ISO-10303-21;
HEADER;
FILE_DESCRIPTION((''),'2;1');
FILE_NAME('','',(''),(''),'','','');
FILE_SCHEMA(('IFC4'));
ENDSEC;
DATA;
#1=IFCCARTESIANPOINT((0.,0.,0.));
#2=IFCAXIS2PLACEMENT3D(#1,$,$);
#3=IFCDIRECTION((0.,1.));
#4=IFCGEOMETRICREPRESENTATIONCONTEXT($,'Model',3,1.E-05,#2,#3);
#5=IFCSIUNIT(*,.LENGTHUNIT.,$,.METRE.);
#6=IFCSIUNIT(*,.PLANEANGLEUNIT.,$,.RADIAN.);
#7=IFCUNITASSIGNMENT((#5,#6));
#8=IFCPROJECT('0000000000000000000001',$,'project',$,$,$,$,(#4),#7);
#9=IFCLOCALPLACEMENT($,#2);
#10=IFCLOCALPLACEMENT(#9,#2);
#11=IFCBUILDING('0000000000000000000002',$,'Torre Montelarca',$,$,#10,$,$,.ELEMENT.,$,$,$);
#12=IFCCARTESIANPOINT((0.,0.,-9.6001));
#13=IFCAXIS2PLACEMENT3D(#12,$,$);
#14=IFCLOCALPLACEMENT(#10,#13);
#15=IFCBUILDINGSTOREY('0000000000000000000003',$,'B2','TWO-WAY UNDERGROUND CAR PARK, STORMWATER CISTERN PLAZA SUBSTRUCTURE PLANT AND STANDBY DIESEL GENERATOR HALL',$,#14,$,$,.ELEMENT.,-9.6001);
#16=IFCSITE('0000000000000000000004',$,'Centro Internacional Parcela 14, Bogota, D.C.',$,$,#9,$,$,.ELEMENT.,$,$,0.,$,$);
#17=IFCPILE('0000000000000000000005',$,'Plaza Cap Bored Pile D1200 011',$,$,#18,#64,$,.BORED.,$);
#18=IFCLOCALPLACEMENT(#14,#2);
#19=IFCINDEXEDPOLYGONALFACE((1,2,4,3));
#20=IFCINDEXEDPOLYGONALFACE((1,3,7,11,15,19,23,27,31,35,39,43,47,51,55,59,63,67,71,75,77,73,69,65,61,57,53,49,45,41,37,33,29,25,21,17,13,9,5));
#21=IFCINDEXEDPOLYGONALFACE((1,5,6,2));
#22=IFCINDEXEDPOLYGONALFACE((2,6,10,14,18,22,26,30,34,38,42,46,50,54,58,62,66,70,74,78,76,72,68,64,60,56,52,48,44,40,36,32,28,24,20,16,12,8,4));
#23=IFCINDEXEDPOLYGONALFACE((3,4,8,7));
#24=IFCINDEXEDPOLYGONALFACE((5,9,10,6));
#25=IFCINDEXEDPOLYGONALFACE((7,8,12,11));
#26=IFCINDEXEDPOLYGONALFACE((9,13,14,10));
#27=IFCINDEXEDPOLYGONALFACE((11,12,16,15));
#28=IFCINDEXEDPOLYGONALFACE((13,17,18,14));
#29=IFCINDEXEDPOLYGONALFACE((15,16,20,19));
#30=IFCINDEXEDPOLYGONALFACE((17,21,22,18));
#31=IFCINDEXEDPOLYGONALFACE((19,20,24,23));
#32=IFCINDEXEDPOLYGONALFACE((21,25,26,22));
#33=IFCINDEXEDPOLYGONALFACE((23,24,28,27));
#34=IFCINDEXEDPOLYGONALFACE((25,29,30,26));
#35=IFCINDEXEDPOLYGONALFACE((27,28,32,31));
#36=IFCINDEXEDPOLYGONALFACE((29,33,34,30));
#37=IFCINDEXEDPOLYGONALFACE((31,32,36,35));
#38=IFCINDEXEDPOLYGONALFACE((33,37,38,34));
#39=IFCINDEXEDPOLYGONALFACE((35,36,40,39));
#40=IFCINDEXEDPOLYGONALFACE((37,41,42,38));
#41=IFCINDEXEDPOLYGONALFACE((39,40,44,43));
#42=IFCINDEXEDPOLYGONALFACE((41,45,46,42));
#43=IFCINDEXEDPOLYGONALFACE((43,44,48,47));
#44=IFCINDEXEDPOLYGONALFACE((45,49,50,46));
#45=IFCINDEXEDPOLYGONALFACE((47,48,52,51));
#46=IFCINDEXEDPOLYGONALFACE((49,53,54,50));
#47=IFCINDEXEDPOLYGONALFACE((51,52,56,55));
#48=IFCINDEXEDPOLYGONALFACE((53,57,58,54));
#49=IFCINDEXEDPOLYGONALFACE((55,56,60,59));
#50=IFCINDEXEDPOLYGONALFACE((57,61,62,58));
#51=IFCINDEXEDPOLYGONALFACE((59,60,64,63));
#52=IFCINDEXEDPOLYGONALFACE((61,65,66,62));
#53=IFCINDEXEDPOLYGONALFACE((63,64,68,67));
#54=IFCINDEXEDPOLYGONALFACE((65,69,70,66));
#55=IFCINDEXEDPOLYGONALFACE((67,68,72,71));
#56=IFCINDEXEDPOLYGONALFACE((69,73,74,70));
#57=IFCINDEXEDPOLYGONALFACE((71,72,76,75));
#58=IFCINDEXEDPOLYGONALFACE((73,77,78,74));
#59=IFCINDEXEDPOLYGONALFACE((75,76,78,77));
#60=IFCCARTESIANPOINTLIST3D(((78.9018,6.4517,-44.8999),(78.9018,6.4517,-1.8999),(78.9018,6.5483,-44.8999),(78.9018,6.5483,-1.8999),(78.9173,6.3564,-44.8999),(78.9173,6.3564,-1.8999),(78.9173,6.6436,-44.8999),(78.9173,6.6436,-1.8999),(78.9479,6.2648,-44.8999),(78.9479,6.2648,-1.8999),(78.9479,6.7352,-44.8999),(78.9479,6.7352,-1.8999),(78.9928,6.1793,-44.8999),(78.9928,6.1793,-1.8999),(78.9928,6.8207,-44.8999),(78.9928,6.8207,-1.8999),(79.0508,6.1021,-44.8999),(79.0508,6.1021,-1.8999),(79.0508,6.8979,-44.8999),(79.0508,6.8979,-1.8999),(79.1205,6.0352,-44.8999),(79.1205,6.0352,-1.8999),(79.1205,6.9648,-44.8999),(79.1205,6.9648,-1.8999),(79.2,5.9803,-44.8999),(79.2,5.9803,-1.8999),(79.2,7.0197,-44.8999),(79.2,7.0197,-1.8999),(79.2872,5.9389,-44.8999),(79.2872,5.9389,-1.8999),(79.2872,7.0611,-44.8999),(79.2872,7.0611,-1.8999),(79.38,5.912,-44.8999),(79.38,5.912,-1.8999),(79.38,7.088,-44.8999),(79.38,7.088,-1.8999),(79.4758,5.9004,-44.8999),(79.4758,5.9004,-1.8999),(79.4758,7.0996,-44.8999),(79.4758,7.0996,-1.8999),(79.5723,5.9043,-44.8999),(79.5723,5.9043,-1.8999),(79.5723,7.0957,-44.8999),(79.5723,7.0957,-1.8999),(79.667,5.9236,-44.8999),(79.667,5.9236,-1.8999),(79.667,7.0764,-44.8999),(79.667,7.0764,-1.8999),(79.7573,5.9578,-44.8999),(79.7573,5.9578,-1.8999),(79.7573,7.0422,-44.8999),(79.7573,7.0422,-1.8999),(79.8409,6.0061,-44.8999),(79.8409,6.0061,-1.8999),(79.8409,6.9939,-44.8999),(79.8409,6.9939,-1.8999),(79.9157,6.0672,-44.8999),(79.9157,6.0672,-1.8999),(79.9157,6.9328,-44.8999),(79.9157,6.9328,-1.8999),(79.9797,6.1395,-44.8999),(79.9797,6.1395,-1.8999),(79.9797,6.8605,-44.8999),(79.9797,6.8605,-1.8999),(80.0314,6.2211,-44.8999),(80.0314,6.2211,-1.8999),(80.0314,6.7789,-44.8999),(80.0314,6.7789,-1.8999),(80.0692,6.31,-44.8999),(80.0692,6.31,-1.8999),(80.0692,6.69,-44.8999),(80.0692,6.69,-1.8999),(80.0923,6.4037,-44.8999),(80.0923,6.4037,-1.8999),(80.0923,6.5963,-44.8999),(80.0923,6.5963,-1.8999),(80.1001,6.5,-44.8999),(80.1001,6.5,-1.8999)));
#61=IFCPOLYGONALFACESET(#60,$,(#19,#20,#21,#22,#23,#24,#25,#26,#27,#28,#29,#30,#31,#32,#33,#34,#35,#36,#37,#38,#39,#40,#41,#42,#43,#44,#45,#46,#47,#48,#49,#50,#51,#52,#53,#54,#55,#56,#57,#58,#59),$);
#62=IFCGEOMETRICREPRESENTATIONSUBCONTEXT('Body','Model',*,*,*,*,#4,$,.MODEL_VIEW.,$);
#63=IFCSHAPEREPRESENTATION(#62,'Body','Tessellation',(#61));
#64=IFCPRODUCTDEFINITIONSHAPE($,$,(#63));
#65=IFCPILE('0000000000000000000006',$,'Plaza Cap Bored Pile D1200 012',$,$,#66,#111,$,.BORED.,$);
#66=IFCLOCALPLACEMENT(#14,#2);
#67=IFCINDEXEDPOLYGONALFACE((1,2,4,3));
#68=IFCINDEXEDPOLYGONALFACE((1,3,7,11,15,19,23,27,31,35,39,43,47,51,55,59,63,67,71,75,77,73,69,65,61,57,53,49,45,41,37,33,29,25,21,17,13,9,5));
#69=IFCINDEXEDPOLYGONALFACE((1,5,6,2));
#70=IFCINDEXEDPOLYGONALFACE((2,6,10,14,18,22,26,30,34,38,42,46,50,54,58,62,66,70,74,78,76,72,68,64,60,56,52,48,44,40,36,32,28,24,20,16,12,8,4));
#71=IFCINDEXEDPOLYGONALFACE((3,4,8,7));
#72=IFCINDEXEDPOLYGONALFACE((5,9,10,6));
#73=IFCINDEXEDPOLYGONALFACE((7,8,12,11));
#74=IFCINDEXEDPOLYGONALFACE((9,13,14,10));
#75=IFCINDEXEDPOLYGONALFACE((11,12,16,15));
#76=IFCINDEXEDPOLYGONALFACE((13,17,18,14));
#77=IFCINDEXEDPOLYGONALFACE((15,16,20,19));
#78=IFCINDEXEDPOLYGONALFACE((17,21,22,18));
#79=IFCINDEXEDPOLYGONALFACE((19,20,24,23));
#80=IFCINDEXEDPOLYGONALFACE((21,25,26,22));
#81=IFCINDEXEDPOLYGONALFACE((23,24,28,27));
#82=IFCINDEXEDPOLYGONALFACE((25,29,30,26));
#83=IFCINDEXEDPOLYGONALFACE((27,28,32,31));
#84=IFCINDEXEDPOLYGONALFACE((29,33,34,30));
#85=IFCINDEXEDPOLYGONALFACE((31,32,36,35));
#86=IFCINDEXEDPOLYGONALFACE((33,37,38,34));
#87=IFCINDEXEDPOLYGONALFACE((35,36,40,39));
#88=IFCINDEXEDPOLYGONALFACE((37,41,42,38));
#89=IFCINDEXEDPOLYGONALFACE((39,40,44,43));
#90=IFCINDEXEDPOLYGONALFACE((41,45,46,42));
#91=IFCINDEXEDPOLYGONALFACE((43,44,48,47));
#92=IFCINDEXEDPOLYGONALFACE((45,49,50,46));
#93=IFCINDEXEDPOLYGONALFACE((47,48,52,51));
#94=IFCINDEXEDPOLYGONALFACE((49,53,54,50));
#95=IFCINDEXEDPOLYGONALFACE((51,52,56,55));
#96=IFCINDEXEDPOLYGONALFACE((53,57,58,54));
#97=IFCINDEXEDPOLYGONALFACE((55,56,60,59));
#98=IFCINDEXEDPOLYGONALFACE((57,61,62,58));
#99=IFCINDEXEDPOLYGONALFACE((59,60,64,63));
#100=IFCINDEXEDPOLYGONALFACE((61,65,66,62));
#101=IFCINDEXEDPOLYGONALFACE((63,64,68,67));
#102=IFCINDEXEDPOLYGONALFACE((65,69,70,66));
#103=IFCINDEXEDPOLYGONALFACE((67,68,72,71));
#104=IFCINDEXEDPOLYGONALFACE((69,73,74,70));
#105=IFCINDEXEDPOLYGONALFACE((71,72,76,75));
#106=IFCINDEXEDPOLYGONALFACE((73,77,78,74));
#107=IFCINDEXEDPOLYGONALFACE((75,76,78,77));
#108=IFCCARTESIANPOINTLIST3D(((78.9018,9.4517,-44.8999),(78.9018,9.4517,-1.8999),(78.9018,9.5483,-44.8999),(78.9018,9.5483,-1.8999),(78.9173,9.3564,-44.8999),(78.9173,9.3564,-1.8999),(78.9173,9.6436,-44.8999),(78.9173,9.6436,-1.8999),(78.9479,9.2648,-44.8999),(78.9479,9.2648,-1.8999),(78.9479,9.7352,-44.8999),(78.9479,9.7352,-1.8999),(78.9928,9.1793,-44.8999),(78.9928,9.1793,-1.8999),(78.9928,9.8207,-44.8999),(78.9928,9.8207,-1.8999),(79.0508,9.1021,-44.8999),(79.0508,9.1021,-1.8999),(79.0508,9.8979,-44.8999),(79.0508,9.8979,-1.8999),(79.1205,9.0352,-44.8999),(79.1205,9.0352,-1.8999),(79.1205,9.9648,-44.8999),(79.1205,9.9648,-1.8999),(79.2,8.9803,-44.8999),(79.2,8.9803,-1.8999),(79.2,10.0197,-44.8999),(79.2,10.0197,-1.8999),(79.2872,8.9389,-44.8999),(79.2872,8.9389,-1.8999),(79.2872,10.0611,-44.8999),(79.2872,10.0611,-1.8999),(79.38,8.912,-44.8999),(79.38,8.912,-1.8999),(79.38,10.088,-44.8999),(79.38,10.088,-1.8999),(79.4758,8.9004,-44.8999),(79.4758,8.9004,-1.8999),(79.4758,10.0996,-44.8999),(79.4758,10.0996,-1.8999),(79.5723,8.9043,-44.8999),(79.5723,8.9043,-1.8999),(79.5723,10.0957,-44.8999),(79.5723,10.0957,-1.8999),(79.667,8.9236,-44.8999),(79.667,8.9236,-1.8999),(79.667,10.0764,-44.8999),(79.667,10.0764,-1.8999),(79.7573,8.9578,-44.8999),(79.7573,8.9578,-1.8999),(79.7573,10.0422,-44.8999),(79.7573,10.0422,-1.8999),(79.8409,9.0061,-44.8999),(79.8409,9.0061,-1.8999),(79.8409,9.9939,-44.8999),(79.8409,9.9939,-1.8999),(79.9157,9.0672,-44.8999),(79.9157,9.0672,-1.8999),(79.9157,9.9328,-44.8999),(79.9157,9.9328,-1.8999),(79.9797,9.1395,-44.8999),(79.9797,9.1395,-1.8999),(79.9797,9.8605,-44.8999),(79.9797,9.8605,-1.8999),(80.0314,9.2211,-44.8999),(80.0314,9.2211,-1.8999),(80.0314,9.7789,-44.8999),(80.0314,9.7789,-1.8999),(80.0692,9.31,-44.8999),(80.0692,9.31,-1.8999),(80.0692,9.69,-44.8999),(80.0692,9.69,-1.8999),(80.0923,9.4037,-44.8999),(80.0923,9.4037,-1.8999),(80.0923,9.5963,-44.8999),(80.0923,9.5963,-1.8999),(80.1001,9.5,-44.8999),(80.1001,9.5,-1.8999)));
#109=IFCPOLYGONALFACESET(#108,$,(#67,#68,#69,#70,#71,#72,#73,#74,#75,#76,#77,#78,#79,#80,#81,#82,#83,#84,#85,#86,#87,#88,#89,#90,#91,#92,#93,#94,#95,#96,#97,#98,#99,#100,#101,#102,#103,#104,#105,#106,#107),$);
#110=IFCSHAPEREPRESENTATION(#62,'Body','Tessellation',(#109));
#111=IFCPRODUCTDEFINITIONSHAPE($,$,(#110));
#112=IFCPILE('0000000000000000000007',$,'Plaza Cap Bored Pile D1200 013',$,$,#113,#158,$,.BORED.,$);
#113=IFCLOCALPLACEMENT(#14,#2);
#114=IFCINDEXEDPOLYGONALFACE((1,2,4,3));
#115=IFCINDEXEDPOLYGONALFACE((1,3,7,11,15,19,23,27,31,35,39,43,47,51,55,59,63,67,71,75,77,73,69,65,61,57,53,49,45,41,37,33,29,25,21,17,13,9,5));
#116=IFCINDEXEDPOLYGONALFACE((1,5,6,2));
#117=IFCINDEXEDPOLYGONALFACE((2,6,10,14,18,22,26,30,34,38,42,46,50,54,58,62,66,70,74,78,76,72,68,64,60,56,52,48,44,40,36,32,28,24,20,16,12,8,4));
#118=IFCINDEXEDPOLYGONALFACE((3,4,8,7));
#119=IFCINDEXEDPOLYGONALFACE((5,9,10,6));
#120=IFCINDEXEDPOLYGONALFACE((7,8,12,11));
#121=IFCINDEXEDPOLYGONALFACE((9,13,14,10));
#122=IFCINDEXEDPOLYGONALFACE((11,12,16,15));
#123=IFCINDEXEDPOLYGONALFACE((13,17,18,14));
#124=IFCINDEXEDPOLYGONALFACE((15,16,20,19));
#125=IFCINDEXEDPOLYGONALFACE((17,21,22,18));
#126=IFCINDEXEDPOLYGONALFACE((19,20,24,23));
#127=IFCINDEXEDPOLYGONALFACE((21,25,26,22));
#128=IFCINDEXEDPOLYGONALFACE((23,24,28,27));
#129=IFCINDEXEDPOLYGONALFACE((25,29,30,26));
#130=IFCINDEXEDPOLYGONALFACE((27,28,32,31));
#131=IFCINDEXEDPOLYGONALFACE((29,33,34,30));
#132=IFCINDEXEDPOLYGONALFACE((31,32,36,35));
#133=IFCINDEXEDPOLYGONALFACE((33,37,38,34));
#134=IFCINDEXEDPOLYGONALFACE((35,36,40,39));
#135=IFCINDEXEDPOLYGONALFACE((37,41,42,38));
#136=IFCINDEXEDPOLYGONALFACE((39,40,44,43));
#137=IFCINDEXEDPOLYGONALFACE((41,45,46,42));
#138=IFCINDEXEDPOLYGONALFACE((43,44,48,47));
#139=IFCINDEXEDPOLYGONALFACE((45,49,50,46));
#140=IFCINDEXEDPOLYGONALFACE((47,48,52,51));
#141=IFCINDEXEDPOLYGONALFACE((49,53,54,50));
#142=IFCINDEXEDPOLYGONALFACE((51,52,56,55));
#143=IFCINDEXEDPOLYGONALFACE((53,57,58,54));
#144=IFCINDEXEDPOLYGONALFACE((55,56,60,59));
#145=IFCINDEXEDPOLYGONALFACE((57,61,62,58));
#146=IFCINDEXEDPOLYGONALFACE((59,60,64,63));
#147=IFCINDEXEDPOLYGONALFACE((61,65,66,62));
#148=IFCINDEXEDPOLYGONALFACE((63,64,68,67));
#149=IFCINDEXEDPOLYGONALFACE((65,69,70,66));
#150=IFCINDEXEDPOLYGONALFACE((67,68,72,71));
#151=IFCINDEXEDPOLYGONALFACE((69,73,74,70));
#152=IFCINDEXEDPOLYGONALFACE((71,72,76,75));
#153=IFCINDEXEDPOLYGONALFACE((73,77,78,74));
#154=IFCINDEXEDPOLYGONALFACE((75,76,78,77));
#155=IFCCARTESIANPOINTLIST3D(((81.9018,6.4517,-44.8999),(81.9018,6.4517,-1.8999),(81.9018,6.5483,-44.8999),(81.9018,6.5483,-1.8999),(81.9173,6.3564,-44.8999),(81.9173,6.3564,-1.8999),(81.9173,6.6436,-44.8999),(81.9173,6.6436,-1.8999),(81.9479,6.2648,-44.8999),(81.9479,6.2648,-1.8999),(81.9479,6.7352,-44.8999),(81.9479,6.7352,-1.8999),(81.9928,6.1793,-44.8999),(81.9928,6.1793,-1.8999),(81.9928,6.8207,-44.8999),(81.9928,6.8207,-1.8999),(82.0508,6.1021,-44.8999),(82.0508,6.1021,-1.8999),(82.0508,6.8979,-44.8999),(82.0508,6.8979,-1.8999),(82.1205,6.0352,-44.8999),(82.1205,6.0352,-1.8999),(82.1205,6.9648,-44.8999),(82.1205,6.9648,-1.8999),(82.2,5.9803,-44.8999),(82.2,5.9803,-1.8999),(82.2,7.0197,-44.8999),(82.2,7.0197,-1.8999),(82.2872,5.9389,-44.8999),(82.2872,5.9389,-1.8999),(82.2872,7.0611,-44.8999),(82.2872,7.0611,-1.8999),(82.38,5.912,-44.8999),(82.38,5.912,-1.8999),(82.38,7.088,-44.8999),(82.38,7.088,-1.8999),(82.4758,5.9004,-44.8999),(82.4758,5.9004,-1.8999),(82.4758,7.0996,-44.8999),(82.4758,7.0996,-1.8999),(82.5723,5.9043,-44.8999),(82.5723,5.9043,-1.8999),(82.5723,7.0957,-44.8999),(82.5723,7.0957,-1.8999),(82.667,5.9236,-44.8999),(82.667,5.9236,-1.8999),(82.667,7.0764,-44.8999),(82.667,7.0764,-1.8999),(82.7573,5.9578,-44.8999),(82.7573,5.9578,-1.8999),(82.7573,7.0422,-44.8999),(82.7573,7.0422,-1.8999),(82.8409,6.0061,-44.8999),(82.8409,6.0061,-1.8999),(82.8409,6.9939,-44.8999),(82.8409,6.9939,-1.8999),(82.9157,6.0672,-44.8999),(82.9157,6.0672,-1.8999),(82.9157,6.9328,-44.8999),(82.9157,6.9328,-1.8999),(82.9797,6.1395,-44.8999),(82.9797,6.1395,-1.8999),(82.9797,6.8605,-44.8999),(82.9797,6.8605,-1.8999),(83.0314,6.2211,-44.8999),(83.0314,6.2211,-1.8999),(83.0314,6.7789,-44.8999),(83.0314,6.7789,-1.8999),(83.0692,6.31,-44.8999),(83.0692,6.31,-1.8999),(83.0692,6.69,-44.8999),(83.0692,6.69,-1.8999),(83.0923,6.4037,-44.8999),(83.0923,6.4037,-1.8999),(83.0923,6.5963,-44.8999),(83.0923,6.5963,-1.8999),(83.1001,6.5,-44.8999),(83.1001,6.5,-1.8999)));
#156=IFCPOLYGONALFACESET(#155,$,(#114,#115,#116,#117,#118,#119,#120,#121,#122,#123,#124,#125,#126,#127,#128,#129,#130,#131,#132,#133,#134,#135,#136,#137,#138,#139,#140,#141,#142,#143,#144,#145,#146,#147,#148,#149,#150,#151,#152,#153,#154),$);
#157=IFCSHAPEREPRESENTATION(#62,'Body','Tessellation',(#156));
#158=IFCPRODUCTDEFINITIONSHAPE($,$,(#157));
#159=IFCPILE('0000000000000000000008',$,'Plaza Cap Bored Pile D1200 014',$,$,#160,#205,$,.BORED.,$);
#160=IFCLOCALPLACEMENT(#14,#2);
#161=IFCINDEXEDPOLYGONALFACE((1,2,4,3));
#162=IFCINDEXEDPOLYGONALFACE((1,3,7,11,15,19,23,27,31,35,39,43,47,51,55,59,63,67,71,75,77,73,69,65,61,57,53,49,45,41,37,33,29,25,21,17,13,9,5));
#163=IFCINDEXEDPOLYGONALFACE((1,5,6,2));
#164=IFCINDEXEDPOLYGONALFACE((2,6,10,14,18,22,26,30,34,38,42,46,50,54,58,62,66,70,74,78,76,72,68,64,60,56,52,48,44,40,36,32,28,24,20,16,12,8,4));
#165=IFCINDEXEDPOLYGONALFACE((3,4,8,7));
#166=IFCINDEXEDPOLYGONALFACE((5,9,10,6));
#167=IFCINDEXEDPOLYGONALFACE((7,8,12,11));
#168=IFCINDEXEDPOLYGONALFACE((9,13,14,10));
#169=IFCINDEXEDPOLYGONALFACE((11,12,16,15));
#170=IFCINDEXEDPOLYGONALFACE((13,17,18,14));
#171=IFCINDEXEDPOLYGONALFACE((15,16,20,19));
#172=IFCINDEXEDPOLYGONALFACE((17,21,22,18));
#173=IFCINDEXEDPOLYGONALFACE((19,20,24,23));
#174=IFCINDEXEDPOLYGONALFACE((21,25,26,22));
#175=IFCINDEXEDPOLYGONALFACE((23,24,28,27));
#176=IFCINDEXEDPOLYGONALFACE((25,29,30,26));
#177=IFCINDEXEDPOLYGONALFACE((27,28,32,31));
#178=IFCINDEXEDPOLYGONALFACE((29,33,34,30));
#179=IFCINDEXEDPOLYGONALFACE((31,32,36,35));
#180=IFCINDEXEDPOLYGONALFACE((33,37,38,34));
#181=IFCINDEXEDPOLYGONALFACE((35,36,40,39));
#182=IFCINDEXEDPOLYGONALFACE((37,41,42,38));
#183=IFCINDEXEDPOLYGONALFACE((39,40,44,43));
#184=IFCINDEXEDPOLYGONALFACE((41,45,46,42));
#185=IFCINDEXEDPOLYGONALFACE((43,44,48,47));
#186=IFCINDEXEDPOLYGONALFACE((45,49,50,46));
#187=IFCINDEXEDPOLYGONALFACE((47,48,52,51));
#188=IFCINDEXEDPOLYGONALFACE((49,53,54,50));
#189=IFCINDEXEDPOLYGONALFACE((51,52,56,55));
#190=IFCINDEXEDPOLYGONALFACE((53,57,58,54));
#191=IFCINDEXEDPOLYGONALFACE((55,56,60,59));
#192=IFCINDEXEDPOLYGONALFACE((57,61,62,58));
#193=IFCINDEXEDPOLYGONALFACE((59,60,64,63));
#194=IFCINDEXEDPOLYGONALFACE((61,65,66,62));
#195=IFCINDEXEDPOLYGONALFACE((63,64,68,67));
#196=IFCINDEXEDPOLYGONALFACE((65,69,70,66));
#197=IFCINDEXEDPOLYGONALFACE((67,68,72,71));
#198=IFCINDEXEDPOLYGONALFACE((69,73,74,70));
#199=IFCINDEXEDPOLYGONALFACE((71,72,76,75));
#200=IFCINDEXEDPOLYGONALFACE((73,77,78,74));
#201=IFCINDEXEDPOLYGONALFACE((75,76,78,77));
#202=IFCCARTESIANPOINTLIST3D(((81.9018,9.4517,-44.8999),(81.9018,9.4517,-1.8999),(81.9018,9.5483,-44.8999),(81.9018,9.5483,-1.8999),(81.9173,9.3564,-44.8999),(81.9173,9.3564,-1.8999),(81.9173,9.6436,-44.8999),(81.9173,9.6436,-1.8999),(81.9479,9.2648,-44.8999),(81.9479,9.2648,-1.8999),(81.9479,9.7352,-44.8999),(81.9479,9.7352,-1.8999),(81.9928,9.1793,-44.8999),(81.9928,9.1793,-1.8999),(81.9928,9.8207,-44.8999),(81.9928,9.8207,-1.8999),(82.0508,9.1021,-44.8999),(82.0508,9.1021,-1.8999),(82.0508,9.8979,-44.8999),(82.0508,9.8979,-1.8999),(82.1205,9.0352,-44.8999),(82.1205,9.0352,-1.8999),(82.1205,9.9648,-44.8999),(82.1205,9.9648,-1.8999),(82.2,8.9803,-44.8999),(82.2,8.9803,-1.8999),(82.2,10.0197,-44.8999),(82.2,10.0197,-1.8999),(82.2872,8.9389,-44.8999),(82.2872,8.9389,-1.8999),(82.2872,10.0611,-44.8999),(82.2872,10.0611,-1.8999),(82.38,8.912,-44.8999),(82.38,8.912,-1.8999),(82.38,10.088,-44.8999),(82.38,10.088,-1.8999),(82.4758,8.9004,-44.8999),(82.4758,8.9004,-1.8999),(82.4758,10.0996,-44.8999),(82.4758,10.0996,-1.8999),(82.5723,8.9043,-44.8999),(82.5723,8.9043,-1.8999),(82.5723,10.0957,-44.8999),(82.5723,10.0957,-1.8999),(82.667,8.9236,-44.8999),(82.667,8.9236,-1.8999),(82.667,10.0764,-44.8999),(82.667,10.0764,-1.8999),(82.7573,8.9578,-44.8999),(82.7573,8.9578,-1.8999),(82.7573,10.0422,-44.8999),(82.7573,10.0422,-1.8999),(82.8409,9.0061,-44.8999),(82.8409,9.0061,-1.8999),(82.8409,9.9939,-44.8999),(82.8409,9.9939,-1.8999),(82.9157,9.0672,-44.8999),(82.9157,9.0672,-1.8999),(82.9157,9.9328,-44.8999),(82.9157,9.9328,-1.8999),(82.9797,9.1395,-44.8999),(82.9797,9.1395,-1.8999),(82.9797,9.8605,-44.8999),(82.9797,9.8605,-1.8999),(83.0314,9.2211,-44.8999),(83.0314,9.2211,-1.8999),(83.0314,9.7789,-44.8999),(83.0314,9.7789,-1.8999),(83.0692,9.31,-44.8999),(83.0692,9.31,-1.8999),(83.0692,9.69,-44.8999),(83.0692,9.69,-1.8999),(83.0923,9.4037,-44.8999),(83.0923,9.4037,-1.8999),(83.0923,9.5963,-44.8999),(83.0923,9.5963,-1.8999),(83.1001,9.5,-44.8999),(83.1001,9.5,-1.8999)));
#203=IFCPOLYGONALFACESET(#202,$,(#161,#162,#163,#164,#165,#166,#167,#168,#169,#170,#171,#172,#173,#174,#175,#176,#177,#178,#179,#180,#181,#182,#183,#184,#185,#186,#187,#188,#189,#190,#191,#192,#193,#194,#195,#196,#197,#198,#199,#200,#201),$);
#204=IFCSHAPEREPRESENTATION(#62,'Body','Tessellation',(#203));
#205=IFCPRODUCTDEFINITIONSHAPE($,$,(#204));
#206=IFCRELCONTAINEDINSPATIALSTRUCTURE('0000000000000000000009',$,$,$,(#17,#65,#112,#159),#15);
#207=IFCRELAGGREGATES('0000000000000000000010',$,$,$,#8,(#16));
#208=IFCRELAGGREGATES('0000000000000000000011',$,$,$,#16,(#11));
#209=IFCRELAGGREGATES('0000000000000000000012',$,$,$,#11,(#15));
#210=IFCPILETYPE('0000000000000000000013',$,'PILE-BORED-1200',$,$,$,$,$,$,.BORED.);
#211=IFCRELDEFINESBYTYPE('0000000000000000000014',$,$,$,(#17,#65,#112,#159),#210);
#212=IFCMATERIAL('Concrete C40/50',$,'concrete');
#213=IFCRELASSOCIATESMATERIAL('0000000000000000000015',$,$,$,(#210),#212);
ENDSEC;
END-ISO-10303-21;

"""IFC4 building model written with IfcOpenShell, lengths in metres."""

from ifc_helpers import new_model, si_unit, direction, frame, origin, origin_2d, place, context, subcontext, project, spatial, circle, extrude, source, transform, mapped, material, material_profile, profile_set, type_object, element, save


model = new_model("IFC4")

# Units and contexts
model_context = context("Model", 3, precision=1e-05, world=origin(), true_north=direction((0.0, 1.0)))
body_context = subcontext(model_context, "Body", "Model", "MODEL_VIEW")
ifc_project = project(units=[si_unit("LENGTHUNIT", "METRE"), si_unit("PLANEANGLEUNIT", "RADIAN")], contexts=[model_context])

# Site, building, storey
site_placement = place(None, origin())
site = spatial("IfcSite", under=ifc_project, at=site_placement, Name="Centro Internacional Parcela 14, Bogota, D.C.", CompositionType="ELEMENT", RefElevation=0.0)
building_placement = place(site_placement, origin())
building = spatial("IfcBuilding", under=site, at=building_placement, Name="Torre Montelarca", CompositionType="ELEMENT")
storey_placement = place(building_placement, frame((0.0, 0.0, -9.6001)))
storey = spatial("IfcBuildingStorey", under=building, at=storey_placement, Name="B2", Description="TWO-WAY UNDERGROUND CAR PARK, STORMWATER CISTERN PLAZA SUBSTRUCTURE PLANT AND STANDBY DIESEL GENERATOR HALL", CompositionType="ELEMENT", Elevation=-9.6001)

# Piles
ifc_material_1 = material(Name="Concrete C40/50", Category="concrete")
ifc_material_profile_1 = material_profile(ifc_material_1, circle(Radius=0.6001, at=origin_2d()), Name="PILE-D1200", Category="concrete")
ifc_profile_set_1 = profile_set([ifc_material_profile_1], Name="Concrete C40/50")
pile_type = type_object("IfcPileType", Name="PILE-BORED-1200", PredefinedType="BORED", material=ifc_profile_set_1)
shared_shape_1 = source(origin(), body_context, "Body", "SweptSolid", [
    extrude(circle(Radius=0.6001, at=origin_2d()), origin(), (0.0, 0.0, 1.0), 43.0),
])
for number, where, z_axis, x_axis, name in (
    (1, (79.5, 6.5, -1.8999), (0.0, 0.0, -1.0), (1.0, 0.0, 0.0), "Plaza Cap Bored Pile D1200 011"),
    (2, (79.5, 9.5, -1.8999), (0.0, 0.0, -1.0), (1.0, 0.0, 0.0), "Plaza Cap Bored Pile D1200 012"),
    (3, (82.5, 6.5, -1.8999), (0.0, 0.0, -1.0), (1.0, 0.0, 0.0), "Plaza Cap Bored Pile D1200 013"),
    (4, (82.5, 9.5, -1.8999), (0.0, 0.0, -1.0), (1.0, 0.0, 0.0), "Plaza Cap Bored Pile D1200 014"),
):
    element("IfcPile", number, at=place(storey_placement, frame(where, z_axis=z_axis, x_axis=x_axis)), inside=storey, type_object=pile_type, Name=name, PredefinedType="BORED", context=body_context, shape_type="MappedRepresentation", body=[
        mapped(shared_shape_1, transform((0.0, 0.0, 0.0), scale=1.0)),
    ])

save(model, "model.ifc")
